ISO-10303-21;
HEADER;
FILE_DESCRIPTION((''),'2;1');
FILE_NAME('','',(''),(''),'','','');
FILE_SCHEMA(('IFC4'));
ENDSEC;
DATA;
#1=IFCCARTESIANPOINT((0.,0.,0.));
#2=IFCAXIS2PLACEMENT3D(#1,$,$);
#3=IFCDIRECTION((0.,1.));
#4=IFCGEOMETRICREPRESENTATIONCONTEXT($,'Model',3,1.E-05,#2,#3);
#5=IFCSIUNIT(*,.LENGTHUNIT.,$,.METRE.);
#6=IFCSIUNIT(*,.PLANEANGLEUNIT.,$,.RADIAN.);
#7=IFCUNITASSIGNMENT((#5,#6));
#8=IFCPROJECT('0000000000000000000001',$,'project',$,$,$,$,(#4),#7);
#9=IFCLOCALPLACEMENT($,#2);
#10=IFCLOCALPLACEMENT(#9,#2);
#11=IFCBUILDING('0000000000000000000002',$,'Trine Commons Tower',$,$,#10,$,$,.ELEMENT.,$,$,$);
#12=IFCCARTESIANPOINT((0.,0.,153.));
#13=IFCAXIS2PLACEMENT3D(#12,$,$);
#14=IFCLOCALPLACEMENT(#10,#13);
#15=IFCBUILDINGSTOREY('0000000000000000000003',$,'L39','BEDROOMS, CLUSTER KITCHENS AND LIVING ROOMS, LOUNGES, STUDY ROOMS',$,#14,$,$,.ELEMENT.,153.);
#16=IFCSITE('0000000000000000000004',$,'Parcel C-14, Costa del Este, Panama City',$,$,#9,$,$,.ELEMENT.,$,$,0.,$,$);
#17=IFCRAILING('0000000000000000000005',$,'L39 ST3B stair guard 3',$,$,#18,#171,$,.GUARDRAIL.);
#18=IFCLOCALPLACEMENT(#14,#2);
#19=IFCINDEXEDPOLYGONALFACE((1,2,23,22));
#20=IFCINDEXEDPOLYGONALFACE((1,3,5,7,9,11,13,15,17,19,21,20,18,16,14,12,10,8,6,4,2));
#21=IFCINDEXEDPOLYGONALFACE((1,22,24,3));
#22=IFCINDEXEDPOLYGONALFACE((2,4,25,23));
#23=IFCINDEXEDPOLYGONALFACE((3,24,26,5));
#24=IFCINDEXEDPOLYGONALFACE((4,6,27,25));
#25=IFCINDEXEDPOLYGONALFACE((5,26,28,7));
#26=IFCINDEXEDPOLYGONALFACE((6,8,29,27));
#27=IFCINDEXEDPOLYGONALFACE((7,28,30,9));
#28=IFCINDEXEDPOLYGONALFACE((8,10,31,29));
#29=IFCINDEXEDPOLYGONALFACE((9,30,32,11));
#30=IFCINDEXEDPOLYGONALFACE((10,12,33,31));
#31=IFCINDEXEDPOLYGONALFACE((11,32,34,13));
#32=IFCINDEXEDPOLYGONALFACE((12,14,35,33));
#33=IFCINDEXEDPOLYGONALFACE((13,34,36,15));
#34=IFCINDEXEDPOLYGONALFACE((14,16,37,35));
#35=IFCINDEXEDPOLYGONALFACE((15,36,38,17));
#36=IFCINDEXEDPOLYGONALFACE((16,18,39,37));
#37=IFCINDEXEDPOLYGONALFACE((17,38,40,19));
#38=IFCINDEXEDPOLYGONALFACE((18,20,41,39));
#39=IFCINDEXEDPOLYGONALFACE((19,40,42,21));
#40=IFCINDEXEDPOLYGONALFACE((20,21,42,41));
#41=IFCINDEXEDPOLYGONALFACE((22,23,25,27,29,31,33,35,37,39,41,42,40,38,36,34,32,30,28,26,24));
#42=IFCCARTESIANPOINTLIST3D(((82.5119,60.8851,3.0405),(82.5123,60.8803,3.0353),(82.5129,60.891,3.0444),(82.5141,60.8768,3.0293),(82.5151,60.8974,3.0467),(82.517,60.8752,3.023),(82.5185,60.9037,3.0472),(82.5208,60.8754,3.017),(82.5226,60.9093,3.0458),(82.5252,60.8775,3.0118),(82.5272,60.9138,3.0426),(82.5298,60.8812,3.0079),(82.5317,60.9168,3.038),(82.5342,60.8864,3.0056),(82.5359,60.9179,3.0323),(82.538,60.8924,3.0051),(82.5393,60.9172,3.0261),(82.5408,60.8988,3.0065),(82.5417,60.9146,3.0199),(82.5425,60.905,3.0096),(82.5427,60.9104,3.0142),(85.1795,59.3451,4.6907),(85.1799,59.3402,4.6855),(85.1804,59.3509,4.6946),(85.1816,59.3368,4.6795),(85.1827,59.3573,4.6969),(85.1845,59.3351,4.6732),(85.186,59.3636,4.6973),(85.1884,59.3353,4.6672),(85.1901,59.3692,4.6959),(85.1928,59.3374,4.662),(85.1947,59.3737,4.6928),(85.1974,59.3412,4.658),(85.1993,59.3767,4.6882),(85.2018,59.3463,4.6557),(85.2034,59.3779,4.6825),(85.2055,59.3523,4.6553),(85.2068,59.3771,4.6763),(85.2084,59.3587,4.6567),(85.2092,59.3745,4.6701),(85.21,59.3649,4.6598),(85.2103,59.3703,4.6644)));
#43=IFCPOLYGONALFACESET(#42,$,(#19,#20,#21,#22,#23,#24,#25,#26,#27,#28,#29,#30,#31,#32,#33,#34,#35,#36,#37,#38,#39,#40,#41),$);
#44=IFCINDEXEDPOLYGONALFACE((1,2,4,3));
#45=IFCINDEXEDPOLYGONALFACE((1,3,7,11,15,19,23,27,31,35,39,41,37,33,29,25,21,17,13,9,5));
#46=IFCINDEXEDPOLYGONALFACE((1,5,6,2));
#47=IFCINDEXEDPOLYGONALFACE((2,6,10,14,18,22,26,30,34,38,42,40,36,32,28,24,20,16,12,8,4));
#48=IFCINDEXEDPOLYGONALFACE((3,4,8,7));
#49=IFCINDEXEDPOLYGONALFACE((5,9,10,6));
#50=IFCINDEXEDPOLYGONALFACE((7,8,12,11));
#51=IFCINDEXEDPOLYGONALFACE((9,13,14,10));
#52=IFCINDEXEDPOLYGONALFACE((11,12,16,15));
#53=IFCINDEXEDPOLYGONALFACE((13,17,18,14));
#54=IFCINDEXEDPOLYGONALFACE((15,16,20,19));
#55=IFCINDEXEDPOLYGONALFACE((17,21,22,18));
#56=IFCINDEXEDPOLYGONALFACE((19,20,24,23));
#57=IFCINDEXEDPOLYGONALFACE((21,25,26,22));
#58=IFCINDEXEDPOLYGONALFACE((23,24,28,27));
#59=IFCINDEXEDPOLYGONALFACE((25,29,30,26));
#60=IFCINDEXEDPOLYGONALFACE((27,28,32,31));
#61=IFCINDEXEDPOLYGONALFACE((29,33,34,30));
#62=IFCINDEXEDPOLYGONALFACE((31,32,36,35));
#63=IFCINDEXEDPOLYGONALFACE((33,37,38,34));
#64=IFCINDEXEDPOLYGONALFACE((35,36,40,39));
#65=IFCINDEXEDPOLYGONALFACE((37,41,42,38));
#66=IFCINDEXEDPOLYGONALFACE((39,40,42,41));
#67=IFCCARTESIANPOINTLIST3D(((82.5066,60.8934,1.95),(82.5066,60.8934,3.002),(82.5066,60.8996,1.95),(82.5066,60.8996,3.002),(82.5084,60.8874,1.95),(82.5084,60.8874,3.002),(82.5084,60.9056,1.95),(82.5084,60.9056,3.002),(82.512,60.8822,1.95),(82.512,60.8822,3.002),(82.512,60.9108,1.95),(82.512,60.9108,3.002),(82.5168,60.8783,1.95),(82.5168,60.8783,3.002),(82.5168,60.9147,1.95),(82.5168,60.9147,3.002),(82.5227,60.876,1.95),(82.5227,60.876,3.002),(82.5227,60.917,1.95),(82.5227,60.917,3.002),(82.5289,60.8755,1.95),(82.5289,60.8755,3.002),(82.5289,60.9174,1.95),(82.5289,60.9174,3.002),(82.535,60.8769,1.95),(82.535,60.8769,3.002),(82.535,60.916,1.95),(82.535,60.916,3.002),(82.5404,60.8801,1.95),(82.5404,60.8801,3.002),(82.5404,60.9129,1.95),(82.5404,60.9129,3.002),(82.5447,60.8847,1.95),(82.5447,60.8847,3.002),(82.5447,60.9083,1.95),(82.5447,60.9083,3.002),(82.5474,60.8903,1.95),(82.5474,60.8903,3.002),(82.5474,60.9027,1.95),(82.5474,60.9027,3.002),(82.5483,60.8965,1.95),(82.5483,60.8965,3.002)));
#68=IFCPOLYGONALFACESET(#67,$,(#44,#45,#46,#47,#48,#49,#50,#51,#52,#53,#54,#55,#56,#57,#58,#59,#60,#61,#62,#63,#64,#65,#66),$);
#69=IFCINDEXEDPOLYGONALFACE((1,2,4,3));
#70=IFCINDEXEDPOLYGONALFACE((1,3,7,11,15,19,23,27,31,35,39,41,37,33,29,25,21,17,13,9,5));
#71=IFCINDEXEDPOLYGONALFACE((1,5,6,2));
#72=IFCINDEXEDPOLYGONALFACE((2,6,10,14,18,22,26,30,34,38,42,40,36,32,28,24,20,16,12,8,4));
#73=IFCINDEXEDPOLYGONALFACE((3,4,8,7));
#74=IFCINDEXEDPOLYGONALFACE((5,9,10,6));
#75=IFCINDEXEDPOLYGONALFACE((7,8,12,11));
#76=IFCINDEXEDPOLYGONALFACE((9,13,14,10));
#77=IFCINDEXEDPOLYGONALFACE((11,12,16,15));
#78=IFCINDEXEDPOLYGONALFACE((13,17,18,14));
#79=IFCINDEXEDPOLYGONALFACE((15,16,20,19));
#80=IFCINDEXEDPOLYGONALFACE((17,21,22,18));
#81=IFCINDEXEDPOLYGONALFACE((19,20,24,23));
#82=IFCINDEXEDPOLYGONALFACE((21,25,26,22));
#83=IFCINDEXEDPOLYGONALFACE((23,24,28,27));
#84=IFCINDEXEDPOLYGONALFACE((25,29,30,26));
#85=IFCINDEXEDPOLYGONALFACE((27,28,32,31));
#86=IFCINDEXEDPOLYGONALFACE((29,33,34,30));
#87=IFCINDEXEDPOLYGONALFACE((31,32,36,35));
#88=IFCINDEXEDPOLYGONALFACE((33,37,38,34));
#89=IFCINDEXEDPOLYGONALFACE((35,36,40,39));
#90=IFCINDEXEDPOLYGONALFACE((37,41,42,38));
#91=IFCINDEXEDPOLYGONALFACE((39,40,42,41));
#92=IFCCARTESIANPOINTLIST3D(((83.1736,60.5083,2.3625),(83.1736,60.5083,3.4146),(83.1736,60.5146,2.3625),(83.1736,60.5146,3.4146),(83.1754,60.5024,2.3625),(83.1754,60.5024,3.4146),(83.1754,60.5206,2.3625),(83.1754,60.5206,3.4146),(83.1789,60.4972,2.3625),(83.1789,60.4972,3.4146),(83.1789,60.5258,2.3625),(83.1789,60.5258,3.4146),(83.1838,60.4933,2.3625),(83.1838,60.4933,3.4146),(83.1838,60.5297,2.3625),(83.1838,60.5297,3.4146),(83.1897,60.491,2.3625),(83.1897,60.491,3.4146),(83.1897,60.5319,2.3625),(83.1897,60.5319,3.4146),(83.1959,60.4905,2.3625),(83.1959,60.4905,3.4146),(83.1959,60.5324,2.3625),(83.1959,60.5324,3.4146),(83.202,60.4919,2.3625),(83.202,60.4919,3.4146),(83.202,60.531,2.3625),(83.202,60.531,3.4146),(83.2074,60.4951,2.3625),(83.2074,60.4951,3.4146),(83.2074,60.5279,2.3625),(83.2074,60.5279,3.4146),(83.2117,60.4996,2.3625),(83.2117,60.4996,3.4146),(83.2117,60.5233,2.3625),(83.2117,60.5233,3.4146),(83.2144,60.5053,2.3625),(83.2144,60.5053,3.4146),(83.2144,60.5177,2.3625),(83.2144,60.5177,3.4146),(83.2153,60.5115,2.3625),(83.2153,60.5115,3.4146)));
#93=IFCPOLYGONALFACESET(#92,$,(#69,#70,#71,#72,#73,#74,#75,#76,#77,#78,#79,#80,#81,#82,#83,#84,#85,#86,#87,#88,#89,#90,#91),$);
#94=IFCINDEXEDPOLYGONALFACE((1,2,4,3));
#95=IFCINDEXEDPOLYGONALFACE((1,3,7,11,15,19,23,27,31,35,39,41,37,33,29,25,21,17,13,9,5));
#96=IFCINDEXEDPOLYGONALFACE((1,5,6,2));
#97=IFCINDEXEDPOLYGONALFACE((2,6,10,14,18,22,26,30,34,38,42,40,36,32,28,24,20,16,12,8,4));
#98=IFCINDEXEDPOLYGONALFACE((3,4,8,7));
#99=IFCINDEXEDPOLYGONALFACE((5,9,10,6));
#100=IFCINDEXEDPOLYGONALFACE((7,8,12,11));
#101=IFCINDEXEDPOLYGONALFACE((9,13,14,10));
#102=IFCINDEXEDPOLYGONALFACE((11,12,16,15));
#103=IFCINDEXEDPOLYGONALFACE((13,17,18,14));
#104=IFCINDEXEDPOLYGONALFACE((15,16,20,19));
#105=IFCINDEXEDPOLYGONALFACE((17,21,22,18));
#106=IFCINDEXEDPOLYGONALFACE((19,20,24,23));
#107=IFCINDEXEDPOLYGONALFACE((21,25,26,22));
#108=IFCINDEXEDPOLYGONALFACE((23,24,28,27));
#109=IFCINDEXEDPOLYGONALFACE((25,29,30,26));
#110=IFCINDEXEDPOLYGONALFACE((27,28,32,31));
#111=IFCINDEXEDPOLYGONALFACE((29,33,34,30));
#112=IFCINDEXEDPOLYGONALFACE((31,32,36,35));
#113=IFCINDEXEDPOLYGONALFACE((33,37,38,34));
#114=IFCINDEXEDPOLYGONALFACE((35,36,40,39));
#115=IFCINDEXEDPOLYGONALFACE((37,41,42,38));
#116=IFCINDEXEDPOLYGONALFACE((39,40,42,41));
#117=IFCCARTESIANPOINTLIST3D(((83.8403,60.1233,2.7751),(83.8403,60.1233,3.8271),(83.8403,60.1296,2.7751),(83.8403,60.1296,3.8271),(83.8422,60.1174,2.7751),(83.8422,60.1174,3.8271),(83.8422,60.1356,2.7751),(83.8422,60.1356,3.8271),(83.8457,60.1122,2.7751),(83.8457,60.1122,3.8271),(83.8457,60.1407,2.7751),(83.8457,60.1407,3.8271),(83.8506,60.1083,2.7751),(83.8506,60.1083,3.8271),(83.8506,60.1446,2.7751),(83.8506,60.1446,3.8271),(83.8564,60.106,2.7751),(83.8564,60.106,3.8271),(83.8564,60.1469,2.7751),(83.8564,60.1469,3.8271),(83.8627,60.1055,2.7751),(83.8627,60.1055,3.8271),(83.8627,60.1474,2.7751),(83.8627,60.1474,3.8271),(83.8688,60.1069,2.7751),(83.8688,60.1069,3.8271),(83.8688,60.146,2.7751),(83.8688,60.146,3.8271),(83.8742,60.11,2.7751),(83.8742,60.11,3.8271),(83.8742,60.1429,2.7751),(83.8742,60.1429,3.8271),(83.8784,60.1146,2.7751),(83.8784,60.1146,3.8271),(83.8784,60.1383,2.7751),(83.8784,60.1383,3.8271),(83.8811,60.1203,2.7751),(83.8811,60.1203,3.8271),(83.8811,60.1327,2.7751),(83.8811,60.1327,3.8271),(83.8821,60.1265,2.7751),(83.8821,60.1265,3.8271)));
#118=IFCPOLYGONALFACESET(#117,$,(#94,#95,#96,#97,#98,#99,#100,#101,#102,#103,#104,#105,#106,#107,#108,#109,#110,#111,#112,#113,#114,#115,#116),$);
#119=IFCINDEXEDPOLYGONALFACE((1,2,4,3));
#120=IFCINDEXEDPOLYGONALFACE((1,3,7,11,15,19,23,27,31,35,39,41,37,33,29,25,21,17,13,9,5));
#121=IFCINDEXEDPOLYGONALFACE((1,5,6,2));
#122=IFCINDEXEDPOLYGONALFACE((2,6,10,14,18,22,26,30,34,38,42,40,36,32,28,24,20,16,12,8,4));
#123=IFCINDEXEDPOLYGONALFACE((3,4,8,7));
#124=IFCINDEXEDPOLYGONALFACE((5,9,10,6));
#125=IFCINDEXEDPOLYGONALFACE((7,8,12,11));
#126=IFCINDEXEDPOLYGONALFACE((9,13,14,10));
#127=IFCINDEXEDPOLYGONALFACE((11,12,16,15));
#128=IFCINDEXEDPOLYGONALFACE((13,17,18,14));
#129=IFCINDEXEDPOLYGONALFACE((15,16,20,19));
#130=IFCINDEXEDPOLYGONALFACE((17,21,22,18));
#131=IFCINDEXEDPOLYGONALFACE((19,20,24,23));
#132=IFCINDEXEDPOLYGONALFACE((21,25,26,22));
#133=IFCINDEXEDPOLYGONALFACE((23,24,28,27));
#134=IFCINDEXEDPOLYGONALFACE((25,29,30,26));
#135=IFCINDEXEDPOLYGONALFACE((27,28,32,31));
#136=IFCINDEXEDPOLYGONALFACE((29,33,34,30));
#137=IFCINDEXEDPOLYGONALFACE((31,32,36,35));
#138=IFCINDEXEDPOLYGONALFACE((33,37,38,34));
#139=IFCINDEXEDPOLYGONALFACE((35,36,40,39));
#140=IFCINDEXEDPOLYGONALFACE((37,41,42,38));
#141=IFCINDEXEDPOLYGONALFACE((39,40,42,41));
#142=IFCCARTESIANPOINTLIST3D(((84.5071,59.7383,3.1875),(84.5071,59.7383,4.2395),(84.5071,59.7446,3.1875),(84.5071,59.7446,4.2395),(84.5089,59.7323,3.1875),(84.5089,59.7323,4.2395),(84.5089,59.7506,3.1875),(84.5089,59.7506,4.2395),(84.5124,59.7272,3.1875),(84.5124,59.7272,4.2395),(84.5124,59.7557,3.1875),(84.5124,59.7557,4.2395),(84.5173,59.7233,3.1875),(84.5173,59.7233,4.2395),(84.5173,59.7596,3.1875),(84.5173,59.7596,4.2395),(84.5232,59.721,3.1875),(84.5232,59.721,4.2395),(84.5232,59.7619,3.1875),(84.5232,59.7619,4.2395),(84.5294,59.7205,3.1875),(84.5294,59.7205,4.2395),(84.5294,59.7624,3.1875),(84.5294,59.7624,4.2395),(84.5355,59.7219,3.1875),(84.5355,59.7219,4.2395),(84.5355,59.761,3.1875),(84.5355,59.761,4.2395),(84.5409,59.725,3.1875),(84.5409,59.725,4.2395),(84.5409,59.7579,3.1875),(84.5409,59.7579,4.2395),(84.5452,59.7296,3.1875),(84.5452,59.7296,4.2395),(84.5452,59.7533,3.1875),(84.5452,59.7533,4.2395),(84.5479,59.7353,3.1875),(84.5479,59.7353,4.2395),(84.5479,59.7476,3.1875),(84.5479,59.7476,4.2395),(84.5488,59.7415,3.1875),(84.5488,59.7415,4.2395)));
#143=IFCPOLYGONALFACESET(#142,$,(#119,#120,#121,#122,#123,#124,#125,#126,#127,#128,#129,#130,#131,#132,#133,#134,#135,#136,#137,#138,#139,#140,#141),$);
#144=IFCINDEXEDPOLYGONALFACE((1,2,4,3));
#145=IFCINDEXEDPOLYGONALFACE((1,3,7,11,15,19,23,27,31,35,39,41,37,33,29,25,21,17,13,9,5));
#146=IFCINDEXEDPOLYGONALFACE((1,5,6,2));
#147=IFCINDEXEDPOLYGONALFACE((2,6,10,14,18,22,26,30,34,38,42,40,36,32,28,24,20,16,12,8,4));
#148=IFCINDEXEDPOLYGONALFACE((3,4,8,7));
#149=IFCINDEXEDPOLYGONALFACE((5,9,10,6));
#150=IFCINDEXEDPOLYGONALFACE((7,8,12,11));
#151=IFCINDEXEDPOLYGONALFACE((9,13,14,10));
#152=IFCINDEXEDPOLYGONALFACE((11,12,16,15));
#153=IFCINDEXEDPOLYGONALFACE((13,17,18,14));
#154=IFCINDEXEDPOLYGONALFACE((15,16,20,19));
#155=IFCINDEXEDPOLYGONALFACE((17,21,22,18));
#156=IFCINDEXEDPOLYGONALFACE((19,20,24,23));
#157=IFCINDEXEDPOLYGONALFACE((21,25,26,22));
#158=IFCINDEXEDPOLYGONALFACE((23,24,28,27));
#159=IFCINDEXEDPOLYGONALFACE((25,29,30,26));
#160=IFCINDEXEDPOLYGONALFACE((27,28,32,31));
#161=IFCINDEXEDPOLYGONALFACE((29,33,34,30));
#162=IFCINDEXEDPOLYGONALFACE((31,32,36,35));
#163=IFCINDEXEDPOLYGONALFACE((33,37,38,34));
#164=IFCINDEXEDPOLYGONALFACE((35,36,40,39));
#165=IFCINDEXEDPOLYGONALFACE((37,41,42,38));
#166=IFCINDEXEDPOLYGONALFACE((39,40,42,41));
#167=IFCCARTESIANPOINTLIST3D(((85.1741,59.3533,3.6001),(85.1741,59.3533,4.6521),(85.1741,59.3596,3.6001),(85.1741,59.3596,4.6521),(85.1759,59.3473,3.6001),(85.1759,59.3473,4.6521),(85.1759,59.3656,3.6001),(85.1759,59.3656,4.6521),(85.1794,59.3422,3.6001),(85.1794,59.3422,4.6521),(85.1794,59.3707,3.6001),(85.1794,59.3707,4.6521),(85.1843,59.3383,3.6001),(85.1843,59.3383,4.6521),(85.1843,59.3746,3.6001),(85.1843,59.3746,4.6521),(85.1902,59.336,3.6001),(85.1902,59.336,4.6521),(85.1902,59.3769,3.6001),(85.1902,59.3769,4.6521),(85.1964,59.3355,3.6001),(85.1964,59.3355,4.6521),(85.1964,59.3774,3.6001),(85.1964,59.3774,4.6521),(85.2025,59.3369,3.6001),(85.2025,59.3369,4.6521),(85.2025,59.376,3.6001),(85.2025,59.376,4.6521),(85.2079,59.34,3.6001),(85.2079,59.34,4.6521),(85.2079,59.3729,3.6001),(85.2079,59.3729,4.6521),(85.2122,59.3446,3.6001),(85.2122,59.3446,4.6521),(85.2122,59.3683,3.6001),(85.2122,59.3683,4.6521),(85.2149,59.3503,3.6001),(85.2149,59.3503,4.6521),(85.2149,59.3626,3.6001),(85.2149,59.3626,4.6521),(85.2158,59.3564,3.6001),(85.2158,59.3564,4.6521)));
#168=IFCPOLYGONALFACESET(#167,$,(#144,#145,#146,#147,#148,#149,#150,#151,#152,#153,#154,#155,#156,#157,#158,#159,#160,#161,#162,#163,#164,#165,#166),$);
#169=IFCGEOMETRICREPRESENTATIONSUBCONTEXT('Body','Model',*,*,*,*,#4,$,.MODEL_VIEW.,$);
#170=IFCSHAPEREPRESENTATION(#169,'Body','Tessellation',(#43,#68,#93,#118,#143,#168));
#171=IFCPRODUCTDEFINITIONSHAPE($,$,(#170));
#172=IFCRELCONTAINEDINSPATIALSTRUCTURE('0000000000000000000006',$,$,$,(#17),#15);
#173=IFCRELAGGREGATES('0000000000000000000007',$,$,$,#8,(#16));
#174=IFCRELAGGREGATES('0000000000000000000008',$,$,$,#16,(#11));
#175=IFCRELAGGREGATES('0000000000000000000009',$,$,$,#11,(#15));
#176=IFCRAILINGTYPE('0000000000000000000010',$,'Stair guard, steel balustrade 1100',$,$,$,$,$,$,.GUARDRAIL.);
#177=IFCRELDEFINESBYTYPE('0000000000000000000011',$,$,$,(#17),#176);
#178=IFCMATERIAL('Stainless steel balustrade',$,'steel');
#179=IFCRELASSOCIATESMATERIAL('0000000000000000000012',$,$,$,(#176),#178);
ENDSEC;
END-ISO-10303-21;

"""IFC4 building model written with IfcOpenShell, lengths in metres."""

from ifc_helpers import new_model, si_unit, direction, frame, origin, origin_2d, place, context, subcontext, project, spatial, circle, extrude, material, type_object, element, save


model = new_model("IFC4")

# Units and contexts
model_context = context("Model", 3, precision=1e-05, world=origin(), true_north=direction((0.0, 1.0)))
body_context = subcontext(model_context, "Body", "Model", "MODEL_VIEW")
ifc_project = project(units=[si_unit("LENGTHUNIT", "METRE"), si_unit("PLANEANGLEUNIT", "RADIAN")], contexts=[model_context])

# Site, building, storey
site_placement = place(None, origin())
site = spatial("IfcSite", under=ifc_project, at=site_placement, Name="Parcel C-14, Costa del Este, Panama City", CompositionType="ELEMENT", RefElevation=0.0)
building_placement = place(site_placement, origin())
building = spatial("IfcBuilding", under=site, at=building_placement, Name="Trine Commons Tower", CompositionType="ELEMENT")
storey_placement = place(building_placement, frame((0.0, 0.0, 153.0)))
storey = spatial("IfcBuildingStorey", under=building, at=storey_placement, Name="L39", Description="BEDROOMS, CLUSTER KITCHENS AND LIVING ROOMS, LOUNGES, STUDY ROOMS", CompositionType="ELEMENT", Elevation=153.0)

# Railing
ifc_material_1 = material(Name="Stainless steel balustrade", Category="steel")
railing_type_1 = type_object("IfcRailingType", Name="Stair guard, steel balustrade 1100", PredefinedType="GUARDRAIL", material=ifc_material_1)
railing_1_placement = place(storey_placement, frame((82.5273, 60.8965, 1.95)))
element("IfcRailing", 1, at=railing_1_placement, inside=storey, type_object=railing_type_1, Name="L39 ST3B stair guard 3", PredefinedType="GUARDRAIL", context=body_context, shape_type="SweptSolid", body=[
    extrude(circle(Radius=0.0239, at=origin_2d()), frame((0.0, 0.0, 1.0762), z_axis=(0.76338, -0.440728, 0.472239), x_axis=(0.499992, 0.86603, 0.0)), (0.0, 0.0, 1.0), 3.4944),
    extrude(circle(Radius=0.021, at=origin_2d()), origin(), (0.0, 0.0, 1.0), 1.052),
    extrude(circle(Radius=0.021, at=origin_2d()), frame((0.667, -0.385, 0.4126)), (0.0, 0.0, 1.0), 1.052),
    extrude(circle(Radius=0.021, at=origin_2d()), frame((1.3337, -0.77, 0.8252)), (0.0, 0.0, 1.0), 1.052),
    extrude(circle(Radius=0.021, at=origin_2d()), frame((2.0005, -1.155, 1.2375)), (0.0, 0.0, 1.0), 1.052),
    extrude(circle(Radius=0.021, at=origin_2d()), frame((2.6675, -1.54, 1.6501)), (0.0, 0.0, 1.0), 1.052),
])

save(model, "model.ifc")
